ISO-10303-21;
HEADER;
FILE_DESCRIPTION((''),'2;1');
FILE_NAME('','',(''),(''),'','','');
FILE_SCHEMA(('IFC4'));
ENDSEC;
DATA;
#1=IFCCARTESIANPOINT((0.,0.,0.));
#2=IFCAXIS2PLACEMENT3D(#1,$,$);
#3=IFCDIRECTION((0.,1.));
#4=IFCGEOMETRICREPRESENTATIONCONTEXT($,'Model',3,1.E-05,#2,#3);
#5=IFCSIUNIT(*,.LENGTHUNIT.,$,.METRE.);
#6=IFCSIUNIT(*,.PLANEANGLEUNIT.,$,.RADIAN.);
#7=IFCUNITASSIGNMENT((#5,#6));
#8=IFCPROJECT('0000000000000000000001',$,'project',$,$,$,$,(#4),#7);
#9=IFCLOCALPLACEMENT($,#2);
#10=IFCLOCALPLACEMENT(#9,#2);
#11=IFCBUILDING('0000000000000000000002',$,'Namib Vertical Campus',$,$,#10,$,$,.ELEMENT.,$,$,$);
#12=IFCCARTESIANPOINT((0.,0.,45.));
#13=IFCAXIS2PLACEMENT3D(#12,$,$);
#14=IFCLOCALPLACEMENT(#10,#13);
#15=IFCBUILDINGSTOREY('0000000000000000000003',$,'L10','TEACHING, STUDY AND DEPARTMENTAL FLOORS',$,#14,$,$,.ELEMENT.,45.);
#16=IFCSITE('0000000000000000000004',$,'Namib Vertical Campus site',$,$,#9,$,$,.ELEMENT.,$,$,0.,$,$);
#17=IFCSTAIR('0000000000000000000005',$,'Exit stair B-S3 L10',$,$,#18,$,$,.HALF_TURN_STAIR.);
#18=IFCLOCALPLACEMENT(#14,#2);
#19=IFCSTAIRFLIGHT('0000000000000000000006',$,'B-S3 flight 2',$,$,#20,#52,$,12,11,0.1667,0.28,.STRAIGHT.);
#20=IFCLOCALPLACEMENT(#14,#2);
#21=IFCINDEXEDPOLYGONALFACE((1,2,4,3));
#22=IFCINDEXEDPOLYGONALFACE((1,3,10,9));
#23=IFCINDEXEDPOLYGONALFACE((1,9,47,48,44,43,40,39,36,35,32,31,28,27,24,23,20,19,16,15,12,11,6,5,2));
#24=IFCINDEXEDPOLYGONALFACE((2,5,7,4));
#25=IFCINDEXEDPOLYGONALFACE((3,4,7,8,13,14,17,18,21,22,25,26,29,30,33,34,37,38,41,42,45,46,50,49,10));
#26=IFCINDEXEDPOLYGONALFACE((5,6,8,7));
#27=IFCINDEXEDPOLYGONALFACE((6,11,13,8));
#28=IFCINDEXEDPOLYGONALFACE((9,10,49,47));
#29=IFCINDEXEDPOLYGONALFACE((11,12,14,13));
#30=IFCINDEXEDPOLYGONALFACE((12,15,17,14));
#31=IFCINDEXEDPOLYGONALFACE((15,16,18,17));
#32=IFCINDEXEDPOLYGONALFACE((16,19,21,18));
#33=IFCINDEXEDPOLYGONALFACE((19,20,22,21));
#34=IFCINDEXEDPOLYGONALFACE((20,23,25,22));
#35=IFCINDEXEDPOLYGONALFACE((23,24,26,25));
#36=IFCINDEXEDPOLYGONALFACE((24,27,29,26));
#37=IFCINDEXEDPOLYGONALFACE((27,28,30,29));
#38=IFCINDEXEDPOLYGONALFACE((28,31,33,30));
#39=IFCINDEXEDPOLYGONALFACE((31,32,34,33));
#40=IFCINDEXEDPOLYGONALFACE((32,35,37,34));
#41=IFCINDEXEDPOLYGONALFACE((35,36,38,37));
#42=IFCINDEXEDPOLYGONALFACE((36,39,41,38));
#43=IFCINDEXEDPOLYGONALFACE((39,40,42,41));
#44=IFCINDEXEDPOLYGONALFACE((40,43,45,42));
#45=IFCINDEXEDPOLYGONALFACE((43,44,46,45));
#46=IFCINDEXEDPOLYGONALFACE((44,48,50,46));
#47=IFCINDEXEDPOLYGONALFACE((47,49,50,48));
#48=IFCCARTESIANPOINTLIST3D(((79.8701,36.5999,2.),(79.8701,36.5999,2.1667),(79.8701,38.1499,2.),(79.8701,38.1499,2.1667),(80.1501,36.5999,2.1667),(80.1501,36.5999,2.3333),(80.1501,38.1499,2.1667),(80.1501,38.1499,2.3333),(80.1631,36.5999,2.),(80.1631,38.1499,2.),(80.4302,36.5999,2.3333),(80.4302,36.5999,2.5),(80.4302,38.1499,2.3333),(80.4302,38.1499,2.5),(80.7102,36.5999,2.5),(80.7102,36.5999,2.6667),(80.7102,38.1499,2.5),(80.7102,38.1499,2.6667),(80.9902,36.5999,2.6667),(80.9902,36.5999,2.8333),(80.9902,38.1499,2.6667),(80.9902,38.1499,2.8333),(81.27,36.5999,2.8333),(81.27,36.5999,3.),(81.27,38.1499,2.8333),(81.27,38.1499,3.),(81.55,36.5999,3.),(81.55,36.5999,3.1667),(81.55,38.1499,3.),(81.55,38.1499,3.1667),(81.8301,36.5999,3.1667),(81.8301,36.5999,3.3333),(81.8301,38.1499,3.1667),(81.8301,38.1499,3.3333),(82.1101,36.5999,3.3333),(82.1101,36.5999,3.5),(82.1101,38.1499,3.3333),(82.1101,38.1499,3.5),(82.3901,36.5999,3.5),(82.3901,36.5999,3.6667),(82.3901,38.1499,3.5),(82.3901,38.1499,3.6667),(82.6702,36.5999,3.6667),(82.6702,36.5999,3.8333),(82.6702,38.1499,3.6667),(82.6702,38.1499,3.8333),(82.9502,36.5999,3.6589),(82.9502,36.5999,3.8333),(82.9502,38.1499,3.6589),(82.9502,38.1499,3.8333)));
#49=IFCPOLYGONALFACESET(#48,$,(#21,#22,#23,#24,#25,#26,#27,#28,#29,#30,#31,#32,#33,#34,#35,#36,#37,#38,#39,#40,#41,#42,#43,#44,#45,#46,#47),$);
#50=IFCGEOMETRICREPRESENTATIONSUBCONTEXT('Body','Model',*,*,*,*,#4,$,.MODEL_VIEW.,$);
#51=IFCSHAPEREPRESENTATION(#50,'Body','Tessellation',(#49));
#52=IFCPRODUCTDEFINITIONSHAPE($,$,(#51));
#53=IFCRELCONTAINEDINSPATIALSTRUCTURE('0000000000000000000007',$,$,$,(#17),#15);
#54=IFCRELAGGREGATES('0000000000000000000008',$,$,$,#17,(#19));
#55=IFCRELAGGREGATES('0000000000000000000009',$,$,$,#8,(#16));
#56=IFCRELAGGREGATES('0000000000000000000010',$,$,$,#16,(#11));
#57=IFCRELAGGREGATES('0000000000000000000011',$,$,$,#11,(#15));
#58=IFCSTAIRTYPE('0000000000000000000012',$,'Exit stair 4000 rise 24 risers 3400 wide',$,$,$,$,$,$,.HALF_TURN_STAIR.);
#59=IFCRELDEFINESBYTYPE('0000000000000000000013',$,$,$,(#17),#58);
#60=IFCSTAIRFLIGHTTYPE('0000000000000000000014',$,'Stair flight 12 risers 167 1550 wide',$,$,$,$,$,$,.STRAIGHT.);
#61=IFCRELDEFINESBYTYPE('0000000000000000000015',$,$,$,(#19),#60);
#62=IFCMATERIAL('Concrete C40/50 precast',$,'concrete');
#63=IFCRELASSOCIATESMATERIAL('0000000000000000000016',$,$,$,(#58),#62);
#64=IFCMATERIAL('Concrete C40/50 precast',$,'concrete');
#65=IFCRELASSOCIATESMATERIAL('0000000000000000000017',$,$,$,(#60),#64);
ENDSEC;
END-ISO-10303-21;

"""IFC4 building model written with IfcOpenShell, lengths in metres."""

from ifc_helpers import new_model, si_unit, direction, frame, origin, place, context, subcontext, project, spatial, polyline, outline, extrude, material, type_object, element, aggregate, save


model = new_model("IFC4")

# Units and contexts
model_context = context("Model", 3, precision=1e-05, world=origin(), true_north=direction((0.0, 1.0)))
body_context = subcontext(model_context, "Body", "Model", "MODEL_VIEW")
ifc_project = project(units=[si_unit("LENGTHUNIT", "METRE"), si_unit("PLANEANGLEUNIT", "RADIAN")], contexts=[model_context])

# Site, building, storey
site_placement = place(None, origin())
site = spatial("IfcSite", under=ifc_project, at=site_placement, Name="Namib Vertical Campus site", CompositionType="ELEMENT", RefElevation=0.0)
building_placement = place(site_placement, origin())
building = spatial("IfcBuilding", under=site, at=building_placement, Name="Namib Vertical Campus", CompositionType="ELEMENT")
storey_placement = place(building_placement, frame((0.0, 0.0, 45.0)))
storey = spatial("IfcBuildingStorey", under=building, at=storey_placement, Name="L10", Description="TEACHING, STUDY AND DEPARTMENTAL FLOORS", CompositionType="ELEMENT", Elevation=45.0)

# Stair, stair flight
ifc_material_1 = material(Name="Concrete C40/50 precast", Category="concrete")
stair_type = type_object("IfcStairType", Name="Exit stair 4000 rise 24 risers 3400 wide", PredefinedType="HALF_TURN_STAIR", material=ifc_material_1)
stair_placement = place(storey_placement, origin())
stair = element("IfcStair", 1, at=stair_placement, inside=storey, type_object=stair_type, Name="Exit stair B-S3 L10", PredefinedType="HALF_TURN_STAIR")
ifc_material_2 = material(Name="Concrete C40/50 precast", Category="concrete")
stair_flight_type = type_object("IfcStairFlightType", Name="Stair flight 12 risers 167 1550 wide", PredefinedType="STRAIGHT", material=ifc_material_2)
stair_flight_placement = place(storey_placement, frame((79.8701, 37.375, 2.0), z_axis=(0.0, 0.0, 1.0), x_axis=(1.0, 0.0, 0.0)))
stair_flight = element("IfcStairFlight", 2, at=stair_flight_placement, type_object=stair_flight_type, Name="B-S3 flight 2", NumberOfRisers=12, NumberOfTreads=11, PredefinedType="STRAIGHT", RiserHeight=0.1667, TreadLength=0.28, context=body_context, shape_type="SweptSolid", body=[
    extrude(outline(polyline([(0.0, 0.0), (0.0, 0.1667), (0.28, 0.1667), (0.28, 0.3333), (0.5601, 0.3333), (0.5601, 0.5), (0.8401, 0.5), (0.8401, 0.6667), (1.1201, 0.6667), (1.1201, 0.8333), (1.3999, 0.8333), (1.3999, 1.0), (1.6799, 1.0), (1.6799, 1.1667), (1.96, 1.1667), (1.96, 1.3333), (2.24, 1.3333), (2.24, 1.5), (2.52, 1.5), (2.52, 1.6667), (2.8, 1.6667), (2.8, 1.8333), (3.0801, 1.8333), (3.0801, 2.0), (3.0801, 1.6589), (0.293, 0.0), (0.0, 0.0)])), frame((0.0, 0.7749, 0.0), z_axis=(0.0, -1.0, 0.0), x_axis=(1.0, 0.0, 0.0)), (0.0, 0.0, 1.0), 1.55),
])
aggregate(stair, [stair_flight])

save(model, "model.ifc")
